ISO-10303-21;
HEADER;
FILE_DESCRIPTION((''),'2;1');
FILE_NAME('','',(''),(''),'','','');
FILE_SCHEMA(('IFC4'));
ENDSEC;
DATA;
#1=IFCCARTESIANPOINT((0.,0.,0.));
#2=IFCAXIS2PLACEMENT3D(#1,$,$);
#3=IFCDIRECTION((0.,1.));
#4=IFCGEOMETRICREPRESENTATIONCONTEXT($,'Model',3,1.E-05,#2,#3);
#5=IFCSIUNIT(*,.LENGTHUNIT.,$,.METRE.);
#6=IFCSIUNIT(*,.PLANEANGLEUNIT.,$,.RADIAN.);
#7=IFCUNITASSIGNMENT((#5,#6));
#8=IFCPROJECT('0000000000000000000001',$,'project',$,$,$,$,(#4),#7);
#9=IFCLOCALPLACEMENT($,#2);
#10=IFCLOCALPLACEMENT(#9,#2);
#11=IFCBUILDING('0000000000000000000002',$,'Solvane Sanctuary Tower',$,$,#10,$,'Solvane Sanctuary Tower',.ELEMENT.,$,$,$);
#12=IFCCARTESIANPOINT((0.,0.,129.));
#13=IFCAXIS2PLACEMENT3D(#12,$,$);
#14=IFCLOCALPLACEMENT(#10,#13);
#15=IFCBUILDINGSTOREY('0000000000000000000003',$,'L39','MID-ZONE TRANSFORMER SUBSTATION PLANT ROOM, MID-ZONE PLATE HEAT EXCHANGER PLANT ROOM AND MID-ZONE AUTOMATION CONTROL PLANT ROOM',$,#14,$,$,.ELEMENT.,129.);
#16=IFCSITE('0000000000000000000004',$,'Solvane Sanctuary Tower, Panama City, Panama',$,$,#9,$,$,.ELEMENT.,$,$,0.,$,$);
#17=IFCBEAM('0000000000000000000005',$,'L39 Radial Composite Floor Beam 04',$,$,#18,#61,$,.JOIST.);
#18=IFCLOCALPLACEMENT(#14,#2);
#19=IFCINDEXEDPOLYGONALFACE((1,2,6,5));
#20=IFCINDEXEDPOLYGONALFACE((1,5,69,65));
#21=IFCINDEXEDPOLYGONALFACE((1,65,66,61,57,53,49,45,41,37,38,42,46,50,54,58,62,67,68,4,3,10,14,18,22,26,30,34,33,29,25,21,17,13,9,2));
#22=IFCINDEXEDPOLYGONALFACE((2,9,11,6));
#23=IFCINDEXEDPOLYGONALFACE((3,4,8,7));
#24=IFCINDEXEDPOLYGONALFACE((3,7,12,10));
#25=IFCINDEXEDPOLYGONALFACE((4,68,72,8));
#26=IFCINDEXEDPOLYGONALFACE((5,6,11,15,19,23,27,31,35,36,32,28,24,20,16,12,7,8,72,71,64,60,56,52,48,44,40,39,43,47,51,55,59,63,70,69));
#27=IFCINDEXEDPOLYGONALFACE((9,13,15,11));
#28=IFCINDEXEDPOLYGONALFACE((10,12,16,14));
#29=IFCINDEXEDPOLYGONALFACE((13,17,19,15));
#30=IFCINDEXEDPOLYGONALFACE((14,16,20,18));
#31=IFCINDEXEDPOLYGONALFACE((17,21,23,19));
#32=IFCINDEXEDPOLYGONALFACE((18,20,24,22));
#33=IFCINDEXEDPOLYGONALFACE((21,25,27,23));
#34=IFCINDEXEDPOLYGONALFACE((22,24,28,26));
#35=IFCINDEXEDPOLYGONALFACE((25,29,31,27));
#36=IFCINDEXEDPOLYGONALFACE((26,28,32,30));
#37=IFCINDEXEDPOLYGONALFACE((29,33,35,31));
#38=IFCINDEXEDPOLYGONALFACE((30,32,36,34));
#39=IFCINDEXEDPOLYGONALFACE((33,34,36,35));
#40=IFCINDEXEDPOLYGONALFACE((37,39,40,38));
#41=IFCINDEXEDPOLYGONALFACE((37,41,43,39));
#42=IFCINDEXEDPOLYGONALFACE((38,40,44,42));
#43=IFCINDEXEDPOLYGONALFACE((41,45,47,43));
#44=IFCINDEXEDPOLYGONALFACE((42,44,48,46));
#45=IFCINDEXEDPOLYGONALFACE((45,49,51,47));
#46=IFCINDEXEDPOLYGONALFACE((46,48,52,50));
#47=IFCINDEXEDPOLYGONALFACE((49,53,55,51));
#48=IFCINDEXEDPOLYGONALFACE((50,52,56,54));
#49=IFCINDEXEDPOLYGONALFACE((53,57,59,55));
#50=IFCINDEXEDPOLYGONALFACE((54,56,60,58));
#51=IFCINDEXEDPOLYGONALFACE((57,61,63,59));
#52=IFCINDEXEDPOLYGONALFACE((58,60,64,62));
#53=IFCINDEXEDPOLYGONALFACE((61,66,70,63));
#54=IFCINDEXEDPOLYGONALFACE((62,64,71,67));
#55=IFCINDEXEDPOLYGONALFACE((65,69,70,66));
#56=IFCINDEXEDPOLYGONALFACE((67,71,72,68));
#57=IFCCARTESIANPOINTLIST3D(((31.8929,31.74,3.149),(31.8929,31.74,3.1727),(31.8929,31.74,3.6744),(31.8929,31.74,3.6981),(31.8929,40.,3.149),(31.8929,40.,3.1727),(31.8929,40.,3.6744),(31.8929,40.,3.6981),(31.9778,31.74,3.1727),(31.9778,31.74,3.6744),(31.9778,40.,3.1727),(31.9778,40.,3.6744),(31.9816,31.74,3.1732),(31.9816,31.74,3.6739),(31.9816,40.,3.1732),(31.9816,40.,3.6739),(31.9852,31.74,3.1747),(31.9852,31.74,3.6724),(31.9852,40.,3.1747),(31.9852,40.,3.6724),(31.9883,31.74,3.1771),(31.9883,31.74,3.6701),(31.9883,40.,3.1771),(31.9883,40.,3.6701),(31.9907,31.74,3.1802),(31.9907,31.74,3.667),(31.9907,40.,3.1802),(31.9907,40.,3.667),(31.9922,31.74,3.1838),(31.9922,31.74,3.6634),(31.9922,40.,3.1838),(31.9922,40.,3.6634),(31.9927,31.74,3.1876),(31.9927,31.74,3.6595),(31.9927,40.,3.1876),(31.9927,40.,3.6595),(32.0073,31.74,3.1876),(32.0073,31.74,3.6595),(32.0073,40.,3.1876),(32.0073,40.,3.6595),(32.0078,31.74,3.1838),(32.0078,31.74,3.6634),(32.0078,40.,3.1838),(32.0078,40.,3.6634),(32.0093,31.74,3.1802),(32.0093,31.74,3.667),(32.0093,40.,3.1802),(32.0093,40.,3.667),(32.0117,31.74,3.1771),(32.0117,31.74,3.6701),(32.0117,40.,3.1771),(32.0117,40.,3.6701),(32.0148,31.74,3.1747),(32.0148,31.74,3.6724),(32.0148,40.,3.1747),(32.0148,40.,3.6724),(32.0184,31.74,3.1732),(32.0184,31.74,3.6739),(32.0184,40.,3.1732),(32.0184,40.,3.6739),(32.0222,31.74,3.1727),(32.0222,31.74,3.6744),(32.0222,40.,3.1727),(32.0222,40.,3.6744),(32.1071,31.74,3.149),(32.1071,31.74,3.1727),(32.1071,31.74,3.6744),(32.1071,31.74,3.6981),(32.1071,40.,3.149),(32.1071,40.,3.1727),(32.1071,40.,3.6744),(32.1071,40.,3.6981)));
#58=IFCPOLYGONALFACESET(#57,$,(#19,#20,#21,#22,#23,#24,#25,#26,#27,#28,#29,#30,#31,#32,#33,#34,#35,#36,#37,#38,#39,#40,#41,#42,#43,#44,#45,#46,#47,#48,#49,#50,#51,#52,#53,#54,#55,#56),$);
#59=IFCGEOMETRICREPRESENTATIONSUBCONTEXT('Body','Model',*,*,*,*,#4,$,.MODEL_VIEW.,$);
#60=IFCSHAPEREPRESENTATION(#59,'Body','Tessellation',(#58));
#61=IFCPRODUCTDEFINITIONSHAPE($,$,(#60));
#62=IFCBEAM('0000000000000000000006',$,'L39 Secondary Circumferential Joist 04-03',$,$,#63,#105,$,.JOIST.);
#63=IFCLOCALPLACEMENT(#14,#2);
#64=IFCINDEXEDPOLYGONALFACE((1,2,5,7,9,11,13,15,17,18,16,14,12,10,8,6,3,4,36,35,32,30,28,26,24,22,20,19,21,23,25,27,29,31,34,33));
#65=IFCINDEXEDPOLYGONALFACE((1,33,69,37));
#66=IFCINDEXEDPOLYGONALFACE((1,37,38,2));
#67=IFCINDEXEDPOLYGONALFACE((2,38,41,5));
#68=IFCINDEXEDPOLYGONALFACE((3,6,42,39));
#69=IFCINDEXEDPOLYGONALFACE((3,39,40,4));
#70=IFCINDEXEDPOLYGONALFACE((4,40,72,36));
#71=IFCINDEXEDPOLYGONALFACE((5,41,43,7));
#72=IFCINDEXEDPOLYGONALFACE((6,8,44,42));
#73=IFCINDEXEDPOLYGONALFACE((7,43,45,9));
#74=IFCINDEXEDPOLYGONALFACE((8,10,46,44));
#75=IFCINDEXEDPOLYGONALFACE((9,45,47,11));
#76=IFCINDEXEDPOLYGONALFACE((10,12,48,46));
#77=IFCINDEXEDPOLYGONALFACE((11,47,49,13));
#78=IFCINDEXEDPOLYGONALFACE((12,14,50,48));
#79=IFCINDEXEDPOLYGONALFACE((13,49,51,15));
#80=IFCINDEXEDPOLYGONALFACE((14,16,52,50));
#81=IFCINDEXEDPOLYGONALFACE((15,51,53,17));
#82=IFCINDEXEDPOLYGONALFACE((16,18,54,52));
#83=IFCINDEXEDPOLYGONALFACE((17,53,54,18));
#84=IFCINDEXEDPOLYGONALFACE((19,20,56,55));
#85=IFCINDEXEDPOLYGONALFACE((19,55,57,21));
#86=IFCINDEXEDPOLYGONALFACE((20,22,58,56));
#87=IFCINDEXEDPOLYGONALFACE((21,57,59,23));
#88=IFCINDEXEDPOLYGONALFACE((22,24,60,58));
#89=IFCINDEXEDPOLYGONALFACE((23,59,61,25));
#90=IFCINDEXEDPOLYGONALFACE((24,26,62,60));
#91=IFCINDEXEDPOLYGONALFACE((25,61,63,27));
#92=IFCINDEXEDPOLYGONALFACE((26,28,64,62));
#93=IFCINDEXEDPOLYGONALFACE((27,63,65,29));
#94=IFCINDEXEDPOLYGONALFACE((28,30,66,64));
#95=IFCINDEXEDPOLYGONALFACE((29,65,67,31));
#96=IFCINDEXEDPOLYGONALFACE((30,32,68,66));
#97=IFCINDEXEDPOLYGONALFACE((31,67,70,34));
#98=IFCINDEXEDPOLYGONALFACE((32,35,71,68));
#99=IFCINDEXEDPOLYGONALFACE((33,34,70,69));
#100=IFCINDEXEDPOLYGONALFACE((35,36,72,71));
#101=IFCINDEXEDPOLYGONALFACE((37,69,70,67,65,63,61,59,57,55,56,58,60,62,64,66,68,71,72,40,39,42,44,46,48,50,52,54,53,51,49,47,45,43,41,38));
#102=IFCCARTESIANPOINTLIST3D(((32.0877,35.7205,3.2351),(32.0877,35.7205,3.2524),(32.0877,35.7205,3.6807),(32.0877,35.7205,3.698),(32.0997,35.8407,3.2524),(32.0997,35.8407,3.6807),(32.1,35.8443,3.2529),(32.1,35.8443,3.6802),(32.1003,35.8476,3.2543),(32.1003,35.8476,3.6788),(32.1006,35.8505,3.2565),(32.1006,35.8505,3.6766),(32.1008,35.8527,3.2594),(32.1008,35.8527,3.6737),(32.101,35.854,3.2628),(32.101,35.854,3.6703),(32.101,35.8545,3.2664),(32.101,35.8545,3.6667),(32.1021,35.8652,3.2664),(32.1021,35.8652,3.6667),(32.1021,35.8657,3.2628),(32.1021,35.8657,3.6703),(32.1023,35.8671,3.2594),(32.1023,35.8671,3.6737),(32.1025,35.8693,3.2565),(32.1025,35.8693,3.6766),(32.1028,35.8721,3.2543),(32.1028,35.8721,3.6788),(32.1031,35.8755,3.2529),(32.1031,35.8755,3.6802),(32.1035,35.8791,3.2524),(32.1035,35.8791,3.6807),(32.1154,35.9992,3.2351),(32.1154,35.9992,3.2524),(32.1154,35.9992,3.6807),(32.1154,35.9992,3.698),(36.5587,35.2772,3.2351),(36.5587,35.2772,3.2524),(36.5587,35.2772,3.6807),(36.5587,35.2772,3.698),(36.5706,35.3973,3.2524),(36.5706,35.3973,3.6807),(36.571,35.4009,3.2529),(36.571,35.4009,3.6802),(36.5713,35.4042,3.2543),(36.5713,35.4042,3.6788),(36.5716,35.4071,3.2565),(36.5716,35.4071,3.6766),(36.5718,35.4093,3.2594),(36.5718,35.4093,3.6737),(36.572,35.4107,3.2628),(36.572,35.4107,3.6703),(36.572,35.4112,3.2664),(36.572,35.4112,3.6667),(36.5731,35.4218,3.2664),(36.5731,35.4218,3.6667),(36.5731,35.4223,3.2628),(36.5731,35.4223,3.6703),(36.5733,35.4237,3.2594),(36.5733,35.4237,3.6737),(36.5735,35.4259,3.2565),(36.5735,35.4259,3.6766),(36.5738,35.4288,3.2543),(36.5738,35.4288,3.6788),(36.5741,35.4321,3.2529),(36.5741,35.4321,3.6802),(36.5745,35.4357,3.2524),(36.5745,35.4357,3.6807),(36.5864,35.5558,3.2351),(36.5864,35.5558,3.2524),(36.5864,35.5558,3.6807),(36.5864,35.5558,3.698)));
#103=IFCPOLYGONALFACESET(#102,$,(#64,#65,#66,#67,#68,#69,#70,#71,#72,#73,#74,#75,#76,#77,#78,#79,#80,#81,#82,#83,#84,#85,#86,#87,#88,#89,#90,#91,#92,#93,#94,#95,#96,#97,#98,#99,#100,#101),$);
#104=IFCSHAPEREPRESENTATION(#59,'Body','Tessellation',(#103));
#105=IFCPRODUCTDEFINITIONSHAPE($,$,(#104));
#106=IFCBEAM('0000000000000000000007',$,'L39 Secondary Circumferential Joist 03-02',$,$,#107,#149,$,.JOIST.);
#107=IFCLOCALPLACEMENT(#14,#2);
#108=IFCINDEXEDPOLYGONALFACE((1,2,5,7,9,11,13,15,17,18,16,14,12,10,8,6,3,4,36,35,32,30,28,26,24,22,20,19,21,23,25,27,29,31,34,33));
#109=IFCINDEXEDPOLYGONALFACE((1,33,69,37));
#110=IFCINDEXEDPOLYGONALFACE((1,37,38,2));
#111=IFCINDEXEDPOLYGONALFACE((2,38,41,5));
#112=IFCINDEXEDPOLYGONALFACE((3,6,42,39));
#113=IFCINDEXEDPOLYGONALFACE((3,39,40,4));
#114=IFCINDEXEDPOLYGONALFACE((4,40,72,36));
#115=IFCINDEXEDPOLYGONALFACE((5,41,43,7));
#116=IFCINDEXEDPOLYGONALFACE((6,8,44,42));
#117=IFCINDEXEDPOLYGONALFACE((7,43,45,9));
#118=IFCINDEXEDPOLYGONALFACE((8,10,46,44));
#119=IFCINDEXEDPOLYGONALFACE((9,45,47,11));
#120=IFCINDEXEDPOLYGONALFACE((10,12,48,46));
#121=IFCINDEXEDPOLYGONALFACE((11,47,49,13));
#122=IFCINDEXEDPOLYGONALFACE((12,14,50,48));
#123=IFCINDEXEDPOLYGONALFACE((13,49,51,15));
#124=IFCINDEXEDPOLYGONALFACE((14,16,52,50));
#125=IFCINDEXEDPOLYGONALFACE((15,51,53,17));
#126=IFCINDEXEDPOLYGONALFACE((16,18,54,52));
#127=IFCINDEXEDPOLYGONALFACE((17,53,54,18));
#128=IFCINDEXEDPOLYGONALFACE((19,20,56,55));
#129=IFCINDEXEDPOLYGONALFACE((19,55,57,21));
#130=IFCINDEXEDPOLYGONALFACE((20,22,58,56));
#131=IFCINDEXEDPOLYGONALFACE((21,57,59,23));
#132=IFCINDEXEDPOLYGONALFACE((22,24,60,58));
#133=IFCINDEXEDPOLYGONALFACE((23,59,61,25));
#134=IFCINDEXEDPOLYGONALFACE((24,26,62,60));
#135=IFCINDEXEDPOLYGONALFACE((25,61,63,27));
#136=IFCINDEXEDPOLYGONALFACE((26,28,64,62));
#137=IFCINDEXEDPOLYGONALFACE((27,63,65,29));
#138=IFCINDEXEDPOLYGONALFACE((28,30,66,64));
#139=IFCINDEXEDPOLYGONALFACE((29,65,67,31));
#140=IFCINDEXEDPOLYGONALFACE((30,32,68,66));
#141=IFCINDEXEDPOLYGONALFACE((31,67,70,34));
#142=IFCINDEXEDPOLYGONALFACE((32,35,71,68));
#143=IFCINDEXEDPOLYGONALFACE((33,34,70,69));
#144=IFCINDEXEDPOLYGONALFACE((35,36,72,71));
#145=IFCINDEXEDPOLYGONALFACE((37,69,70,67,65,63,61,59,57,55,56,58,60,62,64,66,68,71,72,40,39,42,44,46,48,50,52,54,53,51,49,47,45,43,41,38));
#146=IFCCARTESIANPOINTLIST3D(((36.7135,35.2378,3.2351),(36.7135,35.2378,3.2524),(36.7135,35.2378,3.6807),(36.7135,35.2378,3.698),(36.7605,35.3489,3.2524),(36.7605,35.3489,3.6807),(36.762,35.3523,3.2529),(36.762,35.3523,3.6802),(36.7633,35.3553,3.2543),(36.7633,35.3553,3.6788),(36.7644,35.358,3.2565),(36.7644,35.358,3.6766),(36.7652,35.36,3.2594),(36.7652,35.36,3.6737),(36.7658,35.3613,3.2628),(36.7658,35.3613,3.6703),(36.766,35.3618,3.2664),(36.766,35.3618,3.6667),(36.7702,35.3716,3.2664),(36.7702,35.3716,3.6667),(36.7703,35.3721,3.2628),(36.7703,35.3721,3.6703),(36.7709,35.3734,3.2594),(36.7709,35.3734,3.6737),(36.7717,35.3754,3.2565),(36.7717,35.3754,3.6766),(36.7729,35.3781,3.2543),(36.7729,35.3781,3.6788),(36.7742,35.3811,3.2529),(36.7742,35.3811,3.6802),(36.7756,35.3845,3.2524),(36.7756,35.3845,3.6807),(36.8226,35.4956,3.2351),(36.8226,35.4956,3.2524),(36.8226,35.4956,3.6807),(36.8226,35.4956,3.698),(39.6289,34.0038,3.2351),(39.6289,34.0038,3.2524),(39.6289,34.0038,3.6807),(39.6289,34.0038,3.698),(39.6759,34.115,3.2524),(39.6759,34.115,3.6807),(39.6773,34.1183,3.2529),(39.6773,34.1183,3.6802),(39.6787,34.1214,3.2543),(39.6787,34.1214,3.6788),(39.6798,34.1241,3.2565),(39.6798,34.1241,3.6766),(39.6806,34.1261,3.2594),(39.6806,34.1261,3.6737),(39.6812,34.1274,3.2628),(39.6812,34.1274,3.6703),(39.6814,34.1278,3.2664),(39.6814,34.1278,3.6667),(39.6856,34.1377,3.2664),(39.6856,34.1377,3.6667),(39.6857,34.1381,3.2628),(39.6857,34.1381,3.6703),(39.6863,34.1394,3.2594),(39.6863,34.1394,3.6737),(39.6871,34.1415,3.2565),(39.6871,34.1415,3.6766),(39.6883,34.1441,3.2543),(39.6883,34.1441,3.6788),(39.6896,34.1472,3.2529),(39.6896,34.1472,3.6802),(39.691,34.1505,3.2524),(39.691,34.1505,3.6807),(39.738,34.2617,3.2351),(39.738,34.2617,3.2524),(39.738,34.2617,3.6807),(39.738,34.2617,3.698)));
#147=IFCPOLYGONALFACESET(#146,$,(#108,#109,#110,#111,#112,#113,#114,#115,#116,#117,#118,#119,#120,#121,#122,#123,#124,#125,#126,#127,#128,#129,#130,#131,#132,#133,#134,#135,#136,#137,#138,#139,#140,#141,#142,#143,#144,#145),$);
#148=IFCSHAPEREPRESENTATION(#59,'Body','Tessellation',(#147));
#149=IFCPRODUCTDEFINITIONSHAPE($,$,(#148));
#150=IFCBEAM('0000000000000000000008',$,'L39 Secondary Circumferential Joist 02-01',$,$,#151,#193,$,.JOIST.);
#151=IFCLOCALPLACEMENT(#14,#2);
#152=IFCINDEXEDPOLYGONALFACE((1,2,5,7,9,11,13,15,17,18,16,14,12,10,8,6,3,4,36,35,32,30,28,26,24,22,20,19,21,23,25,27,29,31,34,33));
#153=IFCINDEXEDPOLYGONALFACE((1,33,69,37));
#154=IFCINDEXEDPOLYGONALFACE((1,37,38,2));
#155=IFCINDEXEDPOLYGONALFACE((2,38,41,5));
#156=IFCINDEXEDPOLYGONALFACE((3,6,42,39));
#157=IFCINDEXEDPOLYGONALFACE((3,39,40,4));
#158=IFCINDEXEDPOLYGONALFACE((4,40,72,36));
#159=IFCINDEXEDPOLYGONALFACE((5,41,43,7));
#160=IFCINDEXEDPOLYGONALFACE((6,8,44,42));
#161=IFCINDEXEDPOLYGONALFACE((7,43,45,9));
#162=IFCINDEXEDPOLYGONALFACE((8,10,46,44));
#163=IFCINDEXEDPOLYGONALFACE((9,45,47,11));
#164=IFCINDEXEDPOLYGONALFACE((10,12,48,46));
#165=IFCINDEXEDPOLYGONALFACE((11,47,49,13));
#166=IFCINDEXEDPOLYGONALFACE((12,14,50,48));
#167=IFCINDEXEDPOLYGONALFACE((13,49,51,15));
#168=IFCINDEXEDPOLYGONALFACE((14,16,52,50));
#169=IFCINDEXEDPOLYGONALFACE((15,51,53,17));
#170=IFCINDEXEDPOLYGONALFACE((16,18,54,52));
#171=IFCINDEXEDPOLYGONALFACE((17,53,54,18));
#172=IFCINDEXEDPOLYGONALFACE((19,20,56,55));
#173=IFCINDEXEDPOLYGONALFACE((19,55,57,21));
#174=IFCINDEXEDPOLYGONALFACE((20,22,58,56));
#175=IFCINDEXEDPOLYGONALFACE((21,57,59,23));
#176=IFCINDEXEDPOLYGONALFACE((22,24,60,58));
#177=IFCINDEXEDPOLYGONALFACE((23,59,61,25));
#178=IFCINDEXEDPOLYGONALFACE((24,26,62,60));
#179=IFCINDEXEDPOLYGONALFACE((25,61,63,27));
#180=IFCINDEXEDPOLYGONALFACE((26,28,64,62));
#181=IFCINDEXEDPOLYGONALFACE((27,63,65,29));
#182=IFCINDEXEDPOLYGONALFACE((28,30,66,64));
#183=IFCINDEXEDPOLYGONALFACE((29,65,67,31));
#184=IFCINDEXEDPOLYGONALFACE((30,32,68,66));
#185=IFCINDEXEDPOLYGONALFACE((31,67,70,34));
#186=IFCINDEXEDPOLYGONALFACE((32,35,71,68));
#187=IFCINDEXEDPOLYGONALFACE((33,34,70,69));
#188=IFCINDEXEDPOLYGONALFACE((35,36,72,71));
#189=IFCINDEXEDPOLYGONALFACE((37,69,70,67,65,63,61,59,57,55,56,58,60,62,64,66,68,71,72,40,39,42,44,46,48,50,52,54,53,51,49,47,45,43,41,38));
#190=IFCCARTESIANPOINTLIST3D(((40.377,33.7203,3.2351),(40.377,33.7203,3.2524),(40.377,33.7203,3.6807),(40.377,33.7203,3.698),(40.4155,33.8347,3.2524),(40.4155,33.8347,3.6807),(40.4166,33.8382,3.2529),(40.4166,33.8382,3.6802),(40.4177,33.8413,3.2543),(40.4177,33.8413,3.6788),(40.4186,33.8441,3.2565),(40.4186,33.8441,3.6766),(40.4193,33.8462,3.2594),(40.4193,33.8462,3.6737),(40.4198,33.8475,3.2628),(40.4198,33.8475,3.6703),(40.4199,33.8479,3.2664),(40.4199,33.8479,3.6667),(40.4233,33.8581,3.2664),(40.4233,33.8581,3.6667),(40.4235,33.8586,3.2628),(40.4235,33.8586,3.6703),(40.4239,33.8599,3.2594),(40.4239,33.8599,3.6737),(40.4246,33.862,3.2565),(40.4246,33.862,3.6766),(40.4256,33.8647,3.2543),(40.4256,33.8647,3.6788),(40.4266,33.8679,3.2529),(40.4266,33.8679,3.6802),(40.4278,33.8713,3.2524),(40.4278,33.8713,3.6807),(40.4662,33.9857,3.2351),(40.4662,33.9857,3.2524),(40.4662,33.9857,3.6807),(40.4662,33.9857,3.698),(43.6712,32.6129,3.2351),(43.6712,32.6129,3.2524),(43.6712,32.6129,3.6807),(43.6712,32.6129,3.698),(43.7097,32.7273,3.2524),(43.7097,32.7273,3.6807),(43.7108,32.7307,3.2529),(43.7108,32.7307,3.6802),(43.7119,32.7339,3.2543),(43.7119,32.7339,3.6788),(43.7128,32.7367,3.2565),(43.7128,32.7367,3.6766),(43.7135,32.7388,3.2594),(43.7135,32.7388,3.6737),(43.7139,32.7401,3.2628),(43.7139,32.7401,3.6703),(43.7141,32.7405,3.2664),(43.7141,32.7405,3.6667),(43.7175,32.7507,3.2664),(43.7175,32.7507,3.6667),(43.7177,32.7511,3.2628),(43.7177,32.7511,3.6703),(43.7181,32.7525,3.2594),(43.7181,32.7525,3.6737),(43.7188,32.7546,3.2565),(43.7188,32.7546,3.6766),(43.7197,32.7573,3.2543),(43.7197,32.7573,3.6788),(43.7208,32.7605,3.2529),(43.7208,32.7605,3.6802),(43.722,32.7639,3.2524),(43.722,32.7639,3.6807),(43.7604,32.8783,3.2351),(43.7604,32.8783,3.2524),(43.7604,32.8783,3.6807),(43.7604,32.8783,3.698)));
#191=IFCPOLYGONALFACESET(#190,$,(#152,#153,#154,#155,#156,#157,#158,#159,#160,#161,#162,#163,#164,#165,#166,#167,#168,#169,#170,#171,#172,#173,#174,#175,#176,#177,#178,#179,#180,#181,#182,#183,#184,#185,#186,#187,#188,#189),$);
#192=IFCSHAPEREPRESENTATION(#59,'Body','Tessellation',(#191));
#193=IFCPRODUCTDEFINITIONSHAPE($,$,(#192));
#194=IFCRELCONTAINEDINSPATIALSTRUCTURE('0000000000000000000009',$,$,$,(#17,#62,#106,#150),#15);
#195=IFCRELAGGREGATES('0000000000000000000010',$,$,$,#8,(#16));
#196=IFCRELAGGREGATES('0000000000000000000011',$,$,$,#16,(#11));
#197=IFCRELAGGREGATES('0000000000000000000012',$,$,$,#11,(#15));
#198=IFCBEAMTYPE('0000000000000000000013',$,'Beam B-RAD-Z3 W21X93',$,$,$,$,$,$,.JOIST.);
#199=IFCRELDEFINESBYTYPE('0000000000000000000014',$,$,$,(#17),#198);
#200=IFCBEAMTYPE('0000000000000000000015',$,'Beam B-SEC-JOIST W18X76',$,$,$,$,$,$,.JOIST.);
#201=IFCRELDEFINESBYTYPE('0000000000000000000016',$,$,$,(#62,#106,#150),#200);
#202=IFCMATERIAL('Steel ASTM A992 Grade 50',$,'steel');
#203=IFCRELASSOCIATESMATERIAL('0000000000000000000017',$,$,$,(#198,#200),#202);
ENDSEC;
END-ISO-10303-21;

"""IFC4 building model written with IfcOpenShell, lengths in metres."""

from ifc_helpers import new_model, si_unit, direction, frame, origin, origin_2d, place, context, subcontext, project, spatial, i_section, extrude, material, material_profile, profile_set, type_object, element, save


model = new_model("IFC4")

# Units and contexts
model_context = context("Model", 3, precision=1e-05, world=origin(), true_north=direction((0.0, 1.0)))
body_context = subcontext(model_context, "Body", "Model", "MODEL_VIEW")
ifc_project = project(units=[si_unit("LENGTHUNIT", "METRE"), si_unit("PLANEANGLEUNIT", "RADIAN")], contexts=[model_context])

# Site, building, storey
site_placement = place(None, origin())
site = spatial("IfcSite", under=ifc_project, at=site_placement, Name="Solvane Sanctuary Tower, Panama City, Panama", CompositionType="ELEMENT", RefElevation=0.0)
building_placement = place(site_placement, origin())
building = spatial("IfcBuilding", under=site, at=building_placement, Name="Solvane Sanctuary Tower", LongName="Solvane Sanctuary Tower", CompositionType="ELEMENT")
storey_placement = place(building_placement, frame((0.0, 0.0, 129.0)))
storey = spatial("IfcBuildingStorey", under=building, at=storey_placement, Name="L39", Description="MID-ZONE TRANSFORMER SUBSTATION PLANT ROOM, MID-ZONE PLATE HEAT EXCHANGER PLANT ROOM AND MID-ZONE AUTOMATION CONTROL PLANT ROOM", CompositionType="ELEMENT", Elevation=129.0)

# Beams
ifc_material_1 = material(Name="Steel ASTM A992 Grade 50", Category="steel")
ifc_material_profile_1 = material_profile(ifc_material_1, i_section(OverallWidth=0.2141, OverallDepth=0.5491, WebThickness=0.0146, FlangeThickness=0.0237, FilletRadius=0.0149, at=origin_2d()), Name="W21X93")
ifc_profile_set_1 = profile_set([ifc_material_profile_1], Name="Steel ASTM A992 Grade 50")
beam_type_1 = type_object("IfcBeamType", Name="Beam B-RAD-Z3 W21X93", PredefinedType="JOIST", material=ifc_profile_set_1)
beam_1_placement = place(storey_placement, frame((32.0, 31.74, 3.4236), z_axis=(0.0, 1.0, 0.0), x_axis=(-1.0, 0.0, 0.0)))
element("IfcBeam", 1, at=beam_1_placement, inside=storey, type_object=beam_type_1, Name="L39 Radial Composite Floor Beam 04", PredefinedType="JOIST", context=body_context, shape_type="SweptSolid", body=[
    extrude(i_section(OverallWidth=0.2141, OverallDepth=0.5491, WebThickness=0.0146, FlangeThickness=0.0237, FilletRadius=0.0149, at=origin_2d()), origin(), (0.0, 0.0, 1.0), 8.26),
])
ifc_material_profile_2 = material_profile(ifc_material_1, i_section(OverallWidth=0.28, OverallDepth=0.4629, WebThickness=0.0107, FlangeThickness=0.0173, FilletRadius=0.0139, at=origin_2d()), Name="W18X76")
ifc_profile_set_2 = profile_set([ifc_material_profile_2], Name="Steel ASTM A992 Grade 50")
beam_type_2 = type_object("IfcBeamType", Name="Beam B-SEC-JOIST W18X76", PredefinedType="JOIST", material=ifc_profile_set_2)
beam_2_placement = place(storey_placement, frame((32.1016, 35.8599, 3.4666), z_axis=(0.995119, -0.098681, 0.0), x_axis=(0.098681, 0.995119, 0.0)))
element("IfcBeam", 2, at=beam_2_placement, inside=storey, type_object=beam_type_2, Name="L39 Secondary Circumferential Joist 04-03", PredefinedType="JOIST", context=body_context, shape_type="SweptSolid", body=[
    extrude(i_section(OverallWidth=0.28, OverallDepth=0.4629, WebThickness=0.0107, FlangeThickness=0.0173, FilletRadius=0.0139, at=origin_2d()), origin(), (0.0, 0.0, 1.0), 4.4929),
])
beam_3_placement = place(storey_placement, frame((36.7681, 35.3667, 3.4666), z_axis=(0.920911, -0.389773, 0.0), x_axis=(0.389773, 0.920911, 0.0)))
element("IfcBeam", 3, at=beam_3_placement, inside=storey, type_object=beam_type_2, Name="L39 Secondary Circumferential Joist 03-02", PredefinedType="JOIST", context=body_context, shape_type="SweptSolid", body=[
    extrude(i_section(OverallWidth=0.28, OverallDepth=0.4629, WebThickness=0.0107, FlangeThickness=0.0173, FilletRadius=0.0139, at=origin_2d()), origin(), (0.0, 0.0, 1.0), 3.1658),
])
beam_4_placement = place(storey_placement, frame((40.4216, 33.853, 3.4666), z_axis=(0.947872, -0.31865, 0.0), x_axis=(0.31865, 0.947872, 0.0)))
element("IfcBeam", 4, at=beam_4_placement, inside=storey, type_object=beam_type_2, Name="L39 Secondary Circumferential Joist 02-01", PredefinedType="JOIST", context=body_context, shape_type="SweptSolid", body=[
    extrude(i_section(OverallWidth=0.28, OverallDepth=0.4629, WebThickness=0.0107, FlangeThickness=0.0173, FilletRadius=0.0139, at=origin_2d()), origin(), (0.0, 0.0, 1.0), 3.4753),
])

save(model, "model.ifc")
